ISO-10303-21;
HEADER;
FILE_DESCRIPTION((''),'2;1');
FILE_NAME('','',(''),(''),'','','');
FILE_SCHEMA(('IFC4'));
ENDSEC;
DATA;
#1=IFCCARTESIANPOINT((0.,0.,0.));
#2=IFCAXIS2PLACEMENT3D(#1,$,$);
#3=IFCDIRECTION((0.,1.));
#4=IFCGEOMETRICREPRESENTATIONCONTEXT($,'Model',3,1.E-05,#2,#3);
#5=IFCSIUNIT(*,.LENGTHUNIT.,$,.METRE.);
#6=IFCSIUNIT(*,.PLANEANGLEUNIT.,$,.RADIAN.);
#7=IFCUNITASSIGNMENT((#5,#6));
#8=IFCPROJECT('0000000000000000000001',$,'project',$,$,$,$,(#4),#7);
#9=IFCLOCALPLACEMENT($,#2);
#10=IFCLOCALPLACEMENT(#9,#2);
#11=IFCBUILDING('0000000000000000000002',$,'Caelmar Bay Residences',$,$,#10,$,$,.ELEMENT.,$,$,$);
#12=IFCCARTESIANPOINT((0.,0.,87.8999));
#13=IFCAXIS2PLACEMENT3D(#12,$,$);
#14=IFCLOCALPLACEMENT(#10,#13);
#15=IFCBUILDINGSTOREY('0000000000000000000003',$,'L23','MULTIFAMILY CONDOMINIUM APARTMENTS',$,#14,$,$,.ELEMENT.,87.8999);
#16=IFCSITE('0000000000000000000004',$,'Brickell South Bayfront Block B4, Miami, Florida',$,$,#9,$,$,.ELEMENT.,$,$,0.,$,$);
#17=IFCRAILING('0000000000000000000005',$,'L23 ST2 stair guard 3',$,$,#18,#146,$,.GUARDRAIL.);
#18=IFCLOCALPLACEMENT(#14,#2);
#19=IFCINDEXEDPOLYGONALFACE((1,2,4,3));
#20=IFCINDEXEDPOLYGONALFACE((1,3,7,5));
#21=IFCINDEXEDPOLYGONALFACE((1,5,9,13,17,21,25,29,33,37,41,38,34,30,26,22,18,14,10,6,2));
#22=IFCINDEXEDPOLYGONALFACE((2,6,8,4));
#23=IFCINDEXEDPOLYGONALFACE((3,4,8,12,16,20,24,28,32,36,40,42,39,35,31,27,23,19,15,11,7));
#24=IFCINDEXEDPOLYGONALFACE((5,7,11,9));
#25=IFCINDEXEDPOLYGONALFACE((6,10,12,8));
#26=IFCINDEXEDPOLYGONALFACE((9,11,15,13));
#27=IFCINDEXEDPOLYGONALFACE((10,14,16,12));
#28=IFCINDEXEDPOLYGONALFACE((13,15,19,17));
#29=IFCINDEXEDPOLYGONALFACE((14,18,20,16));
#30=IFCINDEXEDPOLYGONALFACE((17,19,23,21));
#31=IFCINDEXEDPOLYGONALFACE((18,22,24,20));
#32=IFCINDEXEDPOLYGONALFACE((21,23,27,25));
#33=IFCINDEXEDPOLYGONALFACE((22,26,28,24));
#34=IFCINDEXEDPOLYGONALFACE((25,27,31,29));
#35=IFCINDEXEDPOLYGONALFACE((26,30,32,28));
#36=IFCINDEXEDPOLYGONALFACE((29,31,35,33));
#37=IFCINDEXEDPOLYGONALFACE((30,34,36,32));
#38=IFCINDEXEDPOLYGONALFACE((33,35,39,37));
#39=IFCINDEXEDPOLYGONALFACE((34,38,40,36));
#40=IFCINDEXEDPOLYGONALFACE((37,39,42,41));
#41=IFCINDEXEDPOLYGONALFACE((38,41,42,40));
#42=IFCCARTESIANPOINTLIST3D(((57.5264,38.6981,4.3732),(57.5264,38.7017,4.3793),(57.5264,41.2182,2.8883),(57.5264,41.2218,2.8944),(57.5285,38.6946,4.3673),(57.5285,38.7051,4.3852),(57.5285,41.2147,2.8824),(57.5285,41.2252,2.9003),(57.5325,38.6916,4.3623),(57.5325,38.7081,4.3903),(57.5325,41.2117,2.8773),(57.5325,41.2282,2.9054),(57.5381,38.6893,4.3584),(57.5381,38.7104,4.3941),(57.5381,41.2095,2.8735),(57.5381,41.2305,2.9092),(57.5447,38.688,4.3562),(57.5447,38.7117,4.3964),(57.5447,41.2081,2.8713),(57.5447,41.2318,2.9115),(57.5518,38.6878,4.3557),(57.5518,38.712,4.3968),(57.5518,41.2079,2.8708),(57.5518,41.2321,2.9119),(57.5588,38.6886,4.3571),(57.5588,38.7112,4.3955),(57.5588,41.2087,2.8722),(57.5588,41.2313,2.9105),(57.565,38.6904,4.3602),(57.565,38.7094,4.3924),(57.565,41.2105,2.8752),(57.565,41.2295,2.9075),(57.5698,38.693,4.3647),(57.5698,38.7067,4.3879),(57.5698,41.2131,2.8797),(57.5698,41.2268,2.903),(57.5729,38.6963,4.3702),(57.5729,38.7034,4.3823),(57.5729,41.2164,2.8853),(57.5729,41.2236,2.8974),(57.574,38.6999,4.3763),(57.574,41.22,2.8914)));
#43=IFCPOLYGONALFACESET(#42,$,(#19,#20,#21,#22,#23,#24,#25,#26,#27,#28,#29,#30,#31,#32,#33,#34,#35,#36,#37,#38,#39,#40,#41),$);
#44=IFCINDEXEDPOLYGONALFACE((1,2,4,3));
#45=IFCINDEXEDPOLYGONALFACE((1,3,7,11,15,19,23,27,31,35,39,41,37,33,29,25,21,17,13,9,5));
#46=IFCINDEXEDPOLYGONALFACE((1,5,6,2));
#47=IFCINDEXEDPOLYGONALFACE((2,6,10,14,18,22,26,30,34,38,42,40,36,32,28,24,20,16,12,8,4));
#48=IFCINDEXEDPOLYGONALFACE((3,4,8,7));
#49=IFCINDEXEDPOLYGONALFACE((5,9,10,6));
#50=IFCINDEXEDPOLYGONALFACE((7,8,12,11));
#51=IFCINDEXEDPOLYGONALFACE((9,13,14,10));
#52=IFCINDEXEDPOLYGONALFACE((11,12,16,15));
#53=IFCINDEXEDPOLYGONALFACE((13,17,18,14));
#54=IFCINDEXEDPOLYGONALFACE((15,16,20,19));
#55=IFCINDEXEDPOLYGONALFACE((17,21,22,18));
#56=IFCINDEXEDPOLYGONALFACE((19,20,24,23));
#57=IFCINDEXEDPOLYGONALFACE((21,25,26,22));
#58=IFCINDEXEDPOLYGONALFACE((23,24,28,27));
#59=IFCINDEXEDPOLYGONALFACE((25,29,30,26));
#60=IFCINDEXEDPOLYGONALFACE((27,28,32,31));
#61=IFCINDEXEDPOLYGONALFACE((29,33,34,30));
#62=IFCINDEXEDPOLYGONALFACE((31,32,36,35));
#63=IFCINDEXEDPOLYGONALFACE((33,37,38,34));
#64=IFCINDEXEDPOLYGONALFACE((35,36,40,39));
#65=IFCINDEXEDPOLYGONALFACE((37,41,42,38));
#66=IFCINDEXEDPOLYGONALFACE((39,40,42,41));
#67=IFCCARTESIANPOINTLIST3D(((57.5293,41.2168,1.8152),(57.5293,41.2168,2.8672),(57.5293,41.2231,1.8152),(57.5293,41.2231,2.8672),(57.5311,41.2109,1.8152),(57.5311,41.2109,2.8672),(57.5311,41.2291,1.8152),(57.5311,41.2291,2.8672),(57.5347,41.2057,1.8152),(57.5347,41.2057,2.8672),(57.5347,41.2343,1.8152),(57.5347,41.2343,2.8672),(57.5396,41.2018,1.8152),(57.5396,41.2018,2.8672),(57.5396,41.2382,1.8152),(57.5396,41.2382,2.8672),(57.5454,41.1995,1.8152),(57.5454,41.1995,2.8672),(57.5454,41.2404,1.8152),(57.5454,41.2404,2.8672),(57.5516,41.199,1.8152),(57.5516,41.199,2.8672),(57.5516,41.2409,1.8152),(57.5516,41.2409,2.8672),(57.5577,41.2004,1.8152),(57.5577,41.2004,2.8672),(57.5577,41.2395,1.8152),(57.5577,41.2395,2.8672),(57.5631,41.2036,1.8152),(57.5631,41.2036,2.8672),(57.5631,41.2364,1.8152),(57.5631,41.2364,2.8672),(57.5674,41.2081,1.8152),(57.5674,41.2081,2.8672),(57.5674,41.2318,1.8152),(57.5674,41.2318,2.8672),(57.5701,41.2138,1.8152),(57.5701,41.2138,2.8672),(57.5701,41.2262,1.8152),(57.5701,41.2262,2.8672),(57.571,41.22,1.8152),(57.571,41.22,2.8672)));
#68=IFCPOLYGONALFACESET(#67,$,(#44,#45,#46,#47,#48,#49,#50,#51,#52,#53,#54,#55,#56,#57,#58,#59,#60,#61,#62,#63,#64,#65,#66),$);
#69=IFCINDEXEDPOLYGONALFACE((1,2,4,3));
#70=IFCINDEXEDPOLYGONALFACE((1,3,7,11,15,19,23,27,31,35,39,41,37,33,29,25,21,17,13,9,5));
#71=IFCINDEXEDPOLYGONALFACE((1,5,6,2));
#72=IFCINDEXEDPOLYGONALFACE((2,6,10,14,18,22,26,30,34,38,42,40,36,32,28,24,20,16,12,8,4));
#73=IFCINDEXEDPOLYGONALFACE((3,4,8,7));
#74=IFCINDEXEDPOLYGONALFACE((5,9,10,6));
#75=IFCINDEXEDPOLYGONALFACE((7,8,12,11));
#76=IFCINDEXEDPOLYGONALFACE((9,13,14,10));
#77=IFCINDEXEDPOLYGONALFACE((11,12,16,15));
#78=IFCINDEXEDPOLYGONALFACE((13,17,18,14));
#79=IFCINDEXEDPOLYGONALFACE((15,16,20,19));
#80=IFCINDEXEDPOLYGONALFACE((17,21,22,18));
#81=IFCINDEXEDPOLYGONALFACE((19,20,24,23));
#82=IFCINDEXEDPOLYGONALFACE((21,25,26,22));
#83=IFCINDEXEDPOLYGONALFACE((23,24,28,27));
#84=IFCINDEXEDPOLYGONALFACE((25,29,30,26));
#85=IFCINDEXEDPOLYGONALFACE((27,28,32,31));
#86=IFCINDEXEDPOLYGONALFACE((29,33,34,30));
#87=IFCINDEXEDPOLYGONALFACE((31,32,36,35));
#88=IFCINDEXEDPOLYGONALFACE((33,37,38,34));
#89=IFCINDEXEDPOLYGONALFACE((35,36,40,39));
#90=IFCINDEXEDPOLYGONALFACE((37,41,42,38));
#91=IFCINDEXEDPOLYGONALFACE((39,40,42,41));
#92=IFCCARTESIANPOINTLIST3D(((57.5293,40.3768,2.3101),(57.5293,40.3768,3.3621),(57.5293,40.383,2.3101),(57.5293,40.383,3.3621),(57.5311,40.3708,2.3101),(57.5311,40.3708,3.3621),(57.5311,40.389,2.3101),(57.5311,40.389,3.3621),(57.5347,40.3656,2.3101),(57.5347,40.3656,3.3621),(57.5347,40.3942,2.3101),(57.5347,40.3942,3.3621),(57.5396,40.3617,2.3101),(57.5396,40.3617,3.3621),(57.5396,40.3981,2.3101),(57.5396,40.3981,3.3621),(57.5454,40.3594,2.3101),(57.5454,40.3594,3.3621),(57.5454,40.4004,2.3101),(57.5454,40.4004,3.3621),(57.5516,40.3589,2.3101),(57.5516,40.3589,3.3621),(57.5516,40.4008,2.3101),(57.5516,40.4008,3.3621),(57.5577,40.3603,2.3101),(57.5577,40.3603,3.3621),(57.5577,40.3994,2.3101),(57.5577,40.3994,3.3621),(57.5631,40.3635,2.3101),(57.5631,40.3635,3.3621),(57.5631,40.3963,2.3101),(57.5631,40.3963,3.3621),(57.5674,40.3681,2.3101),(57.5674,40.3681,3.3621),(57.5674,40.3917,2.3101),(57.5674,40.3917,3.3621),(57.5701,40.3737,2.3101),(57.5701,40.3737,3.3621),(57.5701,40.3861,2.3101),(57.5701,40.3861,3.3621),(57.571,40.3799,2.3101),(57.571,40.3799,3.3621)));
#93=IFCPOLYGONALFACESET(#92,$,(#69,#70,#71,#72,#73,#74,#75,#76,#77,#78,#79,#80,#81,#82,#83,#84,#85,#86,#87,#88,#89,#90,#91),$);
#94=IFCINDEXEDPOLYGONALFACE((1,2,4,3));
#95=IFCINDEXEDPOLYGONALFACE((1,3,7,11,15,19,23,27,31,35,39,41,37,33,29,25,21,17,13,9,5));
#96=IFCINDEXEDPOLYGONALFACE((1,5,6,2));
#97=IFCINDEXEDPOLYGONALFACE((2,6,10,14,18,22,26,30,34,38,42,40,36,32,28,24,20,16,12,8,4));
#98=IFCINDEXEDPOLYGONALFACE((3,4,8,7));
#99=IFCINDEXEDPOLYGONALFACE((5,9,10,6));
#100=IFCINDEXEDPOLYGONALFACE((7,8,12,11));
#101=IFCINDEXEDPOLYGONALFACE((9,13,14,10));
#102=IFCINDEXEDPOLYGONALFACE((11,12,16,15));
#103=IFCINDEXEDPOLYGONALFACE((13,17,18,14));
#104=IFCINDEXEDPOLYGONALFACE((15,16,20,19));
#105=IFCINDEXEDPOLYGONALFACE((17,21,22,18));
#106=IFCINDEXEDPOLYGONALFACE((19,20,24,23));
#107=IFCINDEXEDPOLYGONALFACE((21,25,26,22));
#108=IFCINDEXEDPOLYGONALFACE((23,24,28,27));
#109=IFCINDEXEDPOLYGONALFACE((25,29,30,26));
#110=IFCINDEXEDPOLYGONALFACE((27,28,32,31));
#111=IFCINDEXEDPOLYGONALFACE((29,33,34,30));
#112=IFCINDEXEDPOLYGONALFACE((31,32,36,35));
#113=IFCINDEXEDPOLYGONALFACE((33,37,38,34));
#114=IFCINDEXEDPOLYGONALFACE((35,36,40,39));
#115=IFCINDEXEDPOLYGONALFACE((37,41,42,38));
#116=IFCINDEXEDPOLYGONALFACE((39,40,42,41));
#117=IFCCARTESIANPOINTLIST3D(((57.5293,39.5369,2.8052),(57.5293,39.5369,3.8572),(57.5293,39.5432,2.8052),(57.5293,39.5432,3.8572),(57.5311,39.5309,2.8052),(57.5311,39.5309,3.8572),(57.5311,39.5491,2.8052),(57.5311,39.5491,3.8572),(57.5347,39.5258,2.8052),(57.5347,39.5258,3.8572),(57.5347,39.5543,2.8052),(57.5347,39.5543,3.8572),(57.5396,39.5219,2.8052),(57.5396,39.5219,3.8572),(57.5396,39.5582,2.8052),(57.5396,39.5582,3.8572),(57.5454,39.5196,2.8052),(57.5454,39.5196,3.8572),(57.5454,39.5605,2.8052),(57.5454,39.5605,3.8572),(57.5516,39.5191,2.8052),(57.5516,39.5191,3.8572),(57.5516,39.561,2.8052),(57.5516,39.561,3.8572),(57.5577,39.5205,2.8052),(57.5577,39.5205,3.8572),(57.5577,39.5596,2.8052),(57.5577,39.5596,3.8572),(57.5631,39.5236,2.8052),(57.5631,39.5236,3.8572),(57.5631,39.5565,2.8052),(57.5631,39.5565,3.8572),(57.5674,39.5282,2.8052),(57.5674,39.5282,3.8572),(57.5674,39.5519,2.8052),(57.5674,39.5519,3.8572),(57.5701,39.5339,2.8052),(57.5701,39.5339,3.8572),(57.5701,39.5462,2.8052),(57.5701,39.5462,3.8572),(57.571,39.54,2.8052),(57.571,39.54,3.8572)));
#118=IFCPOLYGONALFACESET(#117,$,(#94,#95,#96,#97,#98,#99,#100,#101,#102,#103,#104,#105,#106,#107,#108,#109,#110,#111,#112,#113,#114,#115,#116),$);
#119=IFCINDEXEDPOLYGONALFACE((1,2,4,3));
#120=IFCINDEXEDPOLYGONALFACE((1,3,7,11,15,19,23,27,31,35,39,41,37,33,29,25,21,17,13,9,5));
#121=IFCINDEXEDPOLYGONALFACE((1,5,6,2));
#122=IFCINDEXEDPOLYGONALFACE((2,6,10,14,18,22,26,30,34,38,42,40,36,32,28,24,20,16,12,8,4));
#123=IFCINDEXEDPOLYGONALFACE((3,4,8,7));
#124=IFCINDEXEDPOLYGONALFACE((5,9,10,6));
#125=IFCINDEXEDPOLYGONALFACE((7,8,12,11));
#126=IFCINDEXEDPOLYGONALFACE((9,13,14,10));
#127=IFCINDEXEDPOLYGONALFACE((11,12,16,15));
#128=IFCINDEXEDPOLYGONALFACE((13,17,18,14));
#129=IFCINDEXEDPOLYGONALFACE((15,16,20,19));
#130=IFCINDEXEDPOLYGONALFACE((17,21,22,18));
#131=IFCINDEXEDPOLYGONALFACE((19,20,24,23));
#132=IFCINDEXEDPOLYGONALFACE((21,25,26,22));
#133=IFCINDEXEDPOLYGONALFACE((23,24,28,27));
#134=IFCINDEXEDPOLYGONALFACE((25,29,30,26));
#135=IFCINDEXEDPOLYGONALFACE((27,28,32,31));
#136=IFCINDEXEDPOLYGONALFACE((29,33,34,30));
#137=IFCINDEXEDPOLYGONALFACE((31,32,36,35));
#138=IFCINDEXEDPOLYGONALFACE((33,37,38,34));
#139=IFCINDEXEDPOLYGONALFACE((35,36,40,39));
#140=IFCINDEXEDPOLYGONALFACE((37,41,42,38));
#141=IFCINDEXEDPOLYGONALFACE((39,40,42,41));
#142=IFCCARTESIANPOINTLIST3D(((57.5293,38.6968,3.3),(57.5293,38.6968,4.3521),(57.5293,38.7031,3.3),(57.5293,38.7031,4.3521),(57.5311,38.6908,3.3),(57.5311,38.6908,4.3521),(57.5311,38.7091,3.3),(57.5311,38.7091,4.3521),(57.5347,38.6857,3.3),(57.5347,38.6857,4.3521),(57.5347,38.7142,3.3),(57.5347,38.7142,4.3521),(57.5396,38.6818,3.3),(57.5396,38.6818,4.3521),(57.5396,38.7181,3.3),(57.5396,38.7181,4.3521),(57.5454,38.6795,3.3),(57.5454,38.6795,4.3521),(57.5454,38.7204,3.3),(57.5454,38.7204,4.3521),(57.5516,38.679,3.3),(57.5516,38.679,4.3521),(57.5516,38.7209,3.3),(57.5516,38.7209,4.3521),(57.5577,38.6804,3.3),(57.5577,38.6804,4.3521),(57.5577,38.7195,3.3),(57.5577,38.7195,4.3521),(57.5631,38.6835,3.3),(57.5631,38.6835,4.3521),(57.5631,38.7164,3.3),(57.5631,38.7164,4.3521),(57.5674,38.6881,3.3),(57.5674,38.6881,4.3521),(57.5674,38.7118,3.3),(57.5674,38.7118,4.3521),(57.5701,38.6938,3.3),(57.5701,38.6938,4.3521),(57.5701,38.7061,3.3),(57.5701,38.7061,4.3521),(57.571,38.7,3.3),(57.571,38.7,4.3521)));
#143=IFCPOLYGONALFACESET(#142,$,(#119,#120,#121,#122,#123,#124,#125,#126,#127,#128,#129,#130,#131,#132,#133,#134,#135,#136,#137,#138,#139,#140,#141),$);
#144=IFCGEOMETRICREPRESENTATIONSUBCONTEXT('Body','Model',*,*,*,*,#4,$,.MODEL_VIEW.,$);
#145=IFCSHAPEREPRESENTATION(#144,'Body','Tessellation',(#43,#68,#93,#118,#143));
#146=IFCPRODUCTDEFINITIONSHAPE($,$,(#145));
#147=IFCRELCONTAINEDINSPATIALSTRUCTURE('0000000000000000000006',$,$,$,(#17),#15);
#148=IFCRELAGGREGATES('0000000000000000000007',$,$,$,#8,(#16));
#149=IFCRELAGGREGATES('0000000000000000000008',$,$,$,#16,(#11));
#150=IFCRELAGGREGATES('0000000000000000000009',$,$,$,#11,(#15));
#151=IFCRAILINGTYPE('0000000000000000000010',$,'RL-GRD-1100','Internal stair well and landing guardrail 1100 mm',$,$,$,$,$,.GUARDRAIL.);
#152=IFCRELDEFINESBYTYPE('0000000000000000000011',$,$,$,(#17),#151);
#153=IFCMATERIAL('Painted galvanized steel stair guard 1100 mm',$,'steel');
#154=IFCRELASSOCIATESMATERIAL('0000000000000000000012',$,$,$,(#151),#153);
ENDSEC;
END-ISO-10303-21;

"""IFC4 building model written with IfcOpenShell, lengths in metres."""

from ifc_helpers import new_model, si_unit, direction, frame, origin, origin_2d, place, context, subcontext, project, spatial, circle, extrude, material, type_object, element, save


model = new_model("IFC4")

# Units and contexts
model_context = context("Model", 3, precision=1e-05, world=origin(), true_north=direction((0.0, 1.0)))
body_context = subcontext(model_context, "Body", "Model", "MODEL_VIEW")
ifc_project = project(units=[si_unit("LENGTHUNIT", "METRE"), si_unit("PLANEANGLEUNIT", "RADIAN")], contexts=[model_context])

# Site, building, storey
site_placement = place(None, origin())
site = spatial("IfcSite", under=ifc_project, at=site_placement, Name="Brickell South Bayfront Block B4, Miami, Florida", CompositionType="ELEMENT", RefElevation=0.0)
building_placement = place(site_placement, origin())
building = spatial("IfcBuilding", under=site, at=building_placement, Name="Caelmar Bay Residences", CompositionType="ELEMENT")
storey_placement = place(building_placement, frame((0.0, 0.0, 87.8999)))
storey = spatial("IfcBuildingStorey", under=building, at=storey_placement, Name="L23", Description="MULTIFAMILY CONDOMINIUM APARTMENTS", CompositionType="ELEMENT", Elevation=87.8999)

# Railing
ifc_material_1 = material(Name="Painted galvanized steel stair guard 1100 mm", Category="steel")
railing_type_1 = type_object("IfcRailingType", Name="RL-GRD-1100", Description="Internal stair well and landing guardrail 1100 mm", PredefinedType="GUARDRAIL", material=ifc_material_1)
railing_1_placement = place(storey_placement, frame((57.55, 41.22, 1.8152)))
element("IfcRailing", 1, at=railing_1_placement, inside=storey, type_object=railing_type_1, Name="L23 ST2 stair guard 3", PredefinedType="GUARDRAIL", context=body_context, shape_type="SweptSolid", body=[
    extrude(circle(Radius=0.0239, at=origin_2d()), frame((0.0, 0.0, 1.0762), z_axis=(0.0, -0.861561, 0.507655), x_axis=(1.0, 0.0, 0.0)), (0.0, 0.0, 1.0), 2.925),
    extrude(circle(Radius=0.021, at=origin_2d()), origin(), (0.0, 0.0, 1.0), 1.052),
    extrude(circle(Radius=0.021, at=origin_2d()), frame((0.0, -0.8401, 0.4949)), (0.0, 0.0, 1.0), 1.052),
    extrude(circle(Radius=0.021, at=origin_2d()), frame((0.0, -1.6799, 0.99)), (0.0, 0.0, 1.0), 1.052),
    extrude(circle(Radius=0.021, at=origin_2d()), frame((0.0, -2.52, 1.4849)), (0.0, 0.0, 1.0), 1.052),
])

save(model, "model.ifc")
